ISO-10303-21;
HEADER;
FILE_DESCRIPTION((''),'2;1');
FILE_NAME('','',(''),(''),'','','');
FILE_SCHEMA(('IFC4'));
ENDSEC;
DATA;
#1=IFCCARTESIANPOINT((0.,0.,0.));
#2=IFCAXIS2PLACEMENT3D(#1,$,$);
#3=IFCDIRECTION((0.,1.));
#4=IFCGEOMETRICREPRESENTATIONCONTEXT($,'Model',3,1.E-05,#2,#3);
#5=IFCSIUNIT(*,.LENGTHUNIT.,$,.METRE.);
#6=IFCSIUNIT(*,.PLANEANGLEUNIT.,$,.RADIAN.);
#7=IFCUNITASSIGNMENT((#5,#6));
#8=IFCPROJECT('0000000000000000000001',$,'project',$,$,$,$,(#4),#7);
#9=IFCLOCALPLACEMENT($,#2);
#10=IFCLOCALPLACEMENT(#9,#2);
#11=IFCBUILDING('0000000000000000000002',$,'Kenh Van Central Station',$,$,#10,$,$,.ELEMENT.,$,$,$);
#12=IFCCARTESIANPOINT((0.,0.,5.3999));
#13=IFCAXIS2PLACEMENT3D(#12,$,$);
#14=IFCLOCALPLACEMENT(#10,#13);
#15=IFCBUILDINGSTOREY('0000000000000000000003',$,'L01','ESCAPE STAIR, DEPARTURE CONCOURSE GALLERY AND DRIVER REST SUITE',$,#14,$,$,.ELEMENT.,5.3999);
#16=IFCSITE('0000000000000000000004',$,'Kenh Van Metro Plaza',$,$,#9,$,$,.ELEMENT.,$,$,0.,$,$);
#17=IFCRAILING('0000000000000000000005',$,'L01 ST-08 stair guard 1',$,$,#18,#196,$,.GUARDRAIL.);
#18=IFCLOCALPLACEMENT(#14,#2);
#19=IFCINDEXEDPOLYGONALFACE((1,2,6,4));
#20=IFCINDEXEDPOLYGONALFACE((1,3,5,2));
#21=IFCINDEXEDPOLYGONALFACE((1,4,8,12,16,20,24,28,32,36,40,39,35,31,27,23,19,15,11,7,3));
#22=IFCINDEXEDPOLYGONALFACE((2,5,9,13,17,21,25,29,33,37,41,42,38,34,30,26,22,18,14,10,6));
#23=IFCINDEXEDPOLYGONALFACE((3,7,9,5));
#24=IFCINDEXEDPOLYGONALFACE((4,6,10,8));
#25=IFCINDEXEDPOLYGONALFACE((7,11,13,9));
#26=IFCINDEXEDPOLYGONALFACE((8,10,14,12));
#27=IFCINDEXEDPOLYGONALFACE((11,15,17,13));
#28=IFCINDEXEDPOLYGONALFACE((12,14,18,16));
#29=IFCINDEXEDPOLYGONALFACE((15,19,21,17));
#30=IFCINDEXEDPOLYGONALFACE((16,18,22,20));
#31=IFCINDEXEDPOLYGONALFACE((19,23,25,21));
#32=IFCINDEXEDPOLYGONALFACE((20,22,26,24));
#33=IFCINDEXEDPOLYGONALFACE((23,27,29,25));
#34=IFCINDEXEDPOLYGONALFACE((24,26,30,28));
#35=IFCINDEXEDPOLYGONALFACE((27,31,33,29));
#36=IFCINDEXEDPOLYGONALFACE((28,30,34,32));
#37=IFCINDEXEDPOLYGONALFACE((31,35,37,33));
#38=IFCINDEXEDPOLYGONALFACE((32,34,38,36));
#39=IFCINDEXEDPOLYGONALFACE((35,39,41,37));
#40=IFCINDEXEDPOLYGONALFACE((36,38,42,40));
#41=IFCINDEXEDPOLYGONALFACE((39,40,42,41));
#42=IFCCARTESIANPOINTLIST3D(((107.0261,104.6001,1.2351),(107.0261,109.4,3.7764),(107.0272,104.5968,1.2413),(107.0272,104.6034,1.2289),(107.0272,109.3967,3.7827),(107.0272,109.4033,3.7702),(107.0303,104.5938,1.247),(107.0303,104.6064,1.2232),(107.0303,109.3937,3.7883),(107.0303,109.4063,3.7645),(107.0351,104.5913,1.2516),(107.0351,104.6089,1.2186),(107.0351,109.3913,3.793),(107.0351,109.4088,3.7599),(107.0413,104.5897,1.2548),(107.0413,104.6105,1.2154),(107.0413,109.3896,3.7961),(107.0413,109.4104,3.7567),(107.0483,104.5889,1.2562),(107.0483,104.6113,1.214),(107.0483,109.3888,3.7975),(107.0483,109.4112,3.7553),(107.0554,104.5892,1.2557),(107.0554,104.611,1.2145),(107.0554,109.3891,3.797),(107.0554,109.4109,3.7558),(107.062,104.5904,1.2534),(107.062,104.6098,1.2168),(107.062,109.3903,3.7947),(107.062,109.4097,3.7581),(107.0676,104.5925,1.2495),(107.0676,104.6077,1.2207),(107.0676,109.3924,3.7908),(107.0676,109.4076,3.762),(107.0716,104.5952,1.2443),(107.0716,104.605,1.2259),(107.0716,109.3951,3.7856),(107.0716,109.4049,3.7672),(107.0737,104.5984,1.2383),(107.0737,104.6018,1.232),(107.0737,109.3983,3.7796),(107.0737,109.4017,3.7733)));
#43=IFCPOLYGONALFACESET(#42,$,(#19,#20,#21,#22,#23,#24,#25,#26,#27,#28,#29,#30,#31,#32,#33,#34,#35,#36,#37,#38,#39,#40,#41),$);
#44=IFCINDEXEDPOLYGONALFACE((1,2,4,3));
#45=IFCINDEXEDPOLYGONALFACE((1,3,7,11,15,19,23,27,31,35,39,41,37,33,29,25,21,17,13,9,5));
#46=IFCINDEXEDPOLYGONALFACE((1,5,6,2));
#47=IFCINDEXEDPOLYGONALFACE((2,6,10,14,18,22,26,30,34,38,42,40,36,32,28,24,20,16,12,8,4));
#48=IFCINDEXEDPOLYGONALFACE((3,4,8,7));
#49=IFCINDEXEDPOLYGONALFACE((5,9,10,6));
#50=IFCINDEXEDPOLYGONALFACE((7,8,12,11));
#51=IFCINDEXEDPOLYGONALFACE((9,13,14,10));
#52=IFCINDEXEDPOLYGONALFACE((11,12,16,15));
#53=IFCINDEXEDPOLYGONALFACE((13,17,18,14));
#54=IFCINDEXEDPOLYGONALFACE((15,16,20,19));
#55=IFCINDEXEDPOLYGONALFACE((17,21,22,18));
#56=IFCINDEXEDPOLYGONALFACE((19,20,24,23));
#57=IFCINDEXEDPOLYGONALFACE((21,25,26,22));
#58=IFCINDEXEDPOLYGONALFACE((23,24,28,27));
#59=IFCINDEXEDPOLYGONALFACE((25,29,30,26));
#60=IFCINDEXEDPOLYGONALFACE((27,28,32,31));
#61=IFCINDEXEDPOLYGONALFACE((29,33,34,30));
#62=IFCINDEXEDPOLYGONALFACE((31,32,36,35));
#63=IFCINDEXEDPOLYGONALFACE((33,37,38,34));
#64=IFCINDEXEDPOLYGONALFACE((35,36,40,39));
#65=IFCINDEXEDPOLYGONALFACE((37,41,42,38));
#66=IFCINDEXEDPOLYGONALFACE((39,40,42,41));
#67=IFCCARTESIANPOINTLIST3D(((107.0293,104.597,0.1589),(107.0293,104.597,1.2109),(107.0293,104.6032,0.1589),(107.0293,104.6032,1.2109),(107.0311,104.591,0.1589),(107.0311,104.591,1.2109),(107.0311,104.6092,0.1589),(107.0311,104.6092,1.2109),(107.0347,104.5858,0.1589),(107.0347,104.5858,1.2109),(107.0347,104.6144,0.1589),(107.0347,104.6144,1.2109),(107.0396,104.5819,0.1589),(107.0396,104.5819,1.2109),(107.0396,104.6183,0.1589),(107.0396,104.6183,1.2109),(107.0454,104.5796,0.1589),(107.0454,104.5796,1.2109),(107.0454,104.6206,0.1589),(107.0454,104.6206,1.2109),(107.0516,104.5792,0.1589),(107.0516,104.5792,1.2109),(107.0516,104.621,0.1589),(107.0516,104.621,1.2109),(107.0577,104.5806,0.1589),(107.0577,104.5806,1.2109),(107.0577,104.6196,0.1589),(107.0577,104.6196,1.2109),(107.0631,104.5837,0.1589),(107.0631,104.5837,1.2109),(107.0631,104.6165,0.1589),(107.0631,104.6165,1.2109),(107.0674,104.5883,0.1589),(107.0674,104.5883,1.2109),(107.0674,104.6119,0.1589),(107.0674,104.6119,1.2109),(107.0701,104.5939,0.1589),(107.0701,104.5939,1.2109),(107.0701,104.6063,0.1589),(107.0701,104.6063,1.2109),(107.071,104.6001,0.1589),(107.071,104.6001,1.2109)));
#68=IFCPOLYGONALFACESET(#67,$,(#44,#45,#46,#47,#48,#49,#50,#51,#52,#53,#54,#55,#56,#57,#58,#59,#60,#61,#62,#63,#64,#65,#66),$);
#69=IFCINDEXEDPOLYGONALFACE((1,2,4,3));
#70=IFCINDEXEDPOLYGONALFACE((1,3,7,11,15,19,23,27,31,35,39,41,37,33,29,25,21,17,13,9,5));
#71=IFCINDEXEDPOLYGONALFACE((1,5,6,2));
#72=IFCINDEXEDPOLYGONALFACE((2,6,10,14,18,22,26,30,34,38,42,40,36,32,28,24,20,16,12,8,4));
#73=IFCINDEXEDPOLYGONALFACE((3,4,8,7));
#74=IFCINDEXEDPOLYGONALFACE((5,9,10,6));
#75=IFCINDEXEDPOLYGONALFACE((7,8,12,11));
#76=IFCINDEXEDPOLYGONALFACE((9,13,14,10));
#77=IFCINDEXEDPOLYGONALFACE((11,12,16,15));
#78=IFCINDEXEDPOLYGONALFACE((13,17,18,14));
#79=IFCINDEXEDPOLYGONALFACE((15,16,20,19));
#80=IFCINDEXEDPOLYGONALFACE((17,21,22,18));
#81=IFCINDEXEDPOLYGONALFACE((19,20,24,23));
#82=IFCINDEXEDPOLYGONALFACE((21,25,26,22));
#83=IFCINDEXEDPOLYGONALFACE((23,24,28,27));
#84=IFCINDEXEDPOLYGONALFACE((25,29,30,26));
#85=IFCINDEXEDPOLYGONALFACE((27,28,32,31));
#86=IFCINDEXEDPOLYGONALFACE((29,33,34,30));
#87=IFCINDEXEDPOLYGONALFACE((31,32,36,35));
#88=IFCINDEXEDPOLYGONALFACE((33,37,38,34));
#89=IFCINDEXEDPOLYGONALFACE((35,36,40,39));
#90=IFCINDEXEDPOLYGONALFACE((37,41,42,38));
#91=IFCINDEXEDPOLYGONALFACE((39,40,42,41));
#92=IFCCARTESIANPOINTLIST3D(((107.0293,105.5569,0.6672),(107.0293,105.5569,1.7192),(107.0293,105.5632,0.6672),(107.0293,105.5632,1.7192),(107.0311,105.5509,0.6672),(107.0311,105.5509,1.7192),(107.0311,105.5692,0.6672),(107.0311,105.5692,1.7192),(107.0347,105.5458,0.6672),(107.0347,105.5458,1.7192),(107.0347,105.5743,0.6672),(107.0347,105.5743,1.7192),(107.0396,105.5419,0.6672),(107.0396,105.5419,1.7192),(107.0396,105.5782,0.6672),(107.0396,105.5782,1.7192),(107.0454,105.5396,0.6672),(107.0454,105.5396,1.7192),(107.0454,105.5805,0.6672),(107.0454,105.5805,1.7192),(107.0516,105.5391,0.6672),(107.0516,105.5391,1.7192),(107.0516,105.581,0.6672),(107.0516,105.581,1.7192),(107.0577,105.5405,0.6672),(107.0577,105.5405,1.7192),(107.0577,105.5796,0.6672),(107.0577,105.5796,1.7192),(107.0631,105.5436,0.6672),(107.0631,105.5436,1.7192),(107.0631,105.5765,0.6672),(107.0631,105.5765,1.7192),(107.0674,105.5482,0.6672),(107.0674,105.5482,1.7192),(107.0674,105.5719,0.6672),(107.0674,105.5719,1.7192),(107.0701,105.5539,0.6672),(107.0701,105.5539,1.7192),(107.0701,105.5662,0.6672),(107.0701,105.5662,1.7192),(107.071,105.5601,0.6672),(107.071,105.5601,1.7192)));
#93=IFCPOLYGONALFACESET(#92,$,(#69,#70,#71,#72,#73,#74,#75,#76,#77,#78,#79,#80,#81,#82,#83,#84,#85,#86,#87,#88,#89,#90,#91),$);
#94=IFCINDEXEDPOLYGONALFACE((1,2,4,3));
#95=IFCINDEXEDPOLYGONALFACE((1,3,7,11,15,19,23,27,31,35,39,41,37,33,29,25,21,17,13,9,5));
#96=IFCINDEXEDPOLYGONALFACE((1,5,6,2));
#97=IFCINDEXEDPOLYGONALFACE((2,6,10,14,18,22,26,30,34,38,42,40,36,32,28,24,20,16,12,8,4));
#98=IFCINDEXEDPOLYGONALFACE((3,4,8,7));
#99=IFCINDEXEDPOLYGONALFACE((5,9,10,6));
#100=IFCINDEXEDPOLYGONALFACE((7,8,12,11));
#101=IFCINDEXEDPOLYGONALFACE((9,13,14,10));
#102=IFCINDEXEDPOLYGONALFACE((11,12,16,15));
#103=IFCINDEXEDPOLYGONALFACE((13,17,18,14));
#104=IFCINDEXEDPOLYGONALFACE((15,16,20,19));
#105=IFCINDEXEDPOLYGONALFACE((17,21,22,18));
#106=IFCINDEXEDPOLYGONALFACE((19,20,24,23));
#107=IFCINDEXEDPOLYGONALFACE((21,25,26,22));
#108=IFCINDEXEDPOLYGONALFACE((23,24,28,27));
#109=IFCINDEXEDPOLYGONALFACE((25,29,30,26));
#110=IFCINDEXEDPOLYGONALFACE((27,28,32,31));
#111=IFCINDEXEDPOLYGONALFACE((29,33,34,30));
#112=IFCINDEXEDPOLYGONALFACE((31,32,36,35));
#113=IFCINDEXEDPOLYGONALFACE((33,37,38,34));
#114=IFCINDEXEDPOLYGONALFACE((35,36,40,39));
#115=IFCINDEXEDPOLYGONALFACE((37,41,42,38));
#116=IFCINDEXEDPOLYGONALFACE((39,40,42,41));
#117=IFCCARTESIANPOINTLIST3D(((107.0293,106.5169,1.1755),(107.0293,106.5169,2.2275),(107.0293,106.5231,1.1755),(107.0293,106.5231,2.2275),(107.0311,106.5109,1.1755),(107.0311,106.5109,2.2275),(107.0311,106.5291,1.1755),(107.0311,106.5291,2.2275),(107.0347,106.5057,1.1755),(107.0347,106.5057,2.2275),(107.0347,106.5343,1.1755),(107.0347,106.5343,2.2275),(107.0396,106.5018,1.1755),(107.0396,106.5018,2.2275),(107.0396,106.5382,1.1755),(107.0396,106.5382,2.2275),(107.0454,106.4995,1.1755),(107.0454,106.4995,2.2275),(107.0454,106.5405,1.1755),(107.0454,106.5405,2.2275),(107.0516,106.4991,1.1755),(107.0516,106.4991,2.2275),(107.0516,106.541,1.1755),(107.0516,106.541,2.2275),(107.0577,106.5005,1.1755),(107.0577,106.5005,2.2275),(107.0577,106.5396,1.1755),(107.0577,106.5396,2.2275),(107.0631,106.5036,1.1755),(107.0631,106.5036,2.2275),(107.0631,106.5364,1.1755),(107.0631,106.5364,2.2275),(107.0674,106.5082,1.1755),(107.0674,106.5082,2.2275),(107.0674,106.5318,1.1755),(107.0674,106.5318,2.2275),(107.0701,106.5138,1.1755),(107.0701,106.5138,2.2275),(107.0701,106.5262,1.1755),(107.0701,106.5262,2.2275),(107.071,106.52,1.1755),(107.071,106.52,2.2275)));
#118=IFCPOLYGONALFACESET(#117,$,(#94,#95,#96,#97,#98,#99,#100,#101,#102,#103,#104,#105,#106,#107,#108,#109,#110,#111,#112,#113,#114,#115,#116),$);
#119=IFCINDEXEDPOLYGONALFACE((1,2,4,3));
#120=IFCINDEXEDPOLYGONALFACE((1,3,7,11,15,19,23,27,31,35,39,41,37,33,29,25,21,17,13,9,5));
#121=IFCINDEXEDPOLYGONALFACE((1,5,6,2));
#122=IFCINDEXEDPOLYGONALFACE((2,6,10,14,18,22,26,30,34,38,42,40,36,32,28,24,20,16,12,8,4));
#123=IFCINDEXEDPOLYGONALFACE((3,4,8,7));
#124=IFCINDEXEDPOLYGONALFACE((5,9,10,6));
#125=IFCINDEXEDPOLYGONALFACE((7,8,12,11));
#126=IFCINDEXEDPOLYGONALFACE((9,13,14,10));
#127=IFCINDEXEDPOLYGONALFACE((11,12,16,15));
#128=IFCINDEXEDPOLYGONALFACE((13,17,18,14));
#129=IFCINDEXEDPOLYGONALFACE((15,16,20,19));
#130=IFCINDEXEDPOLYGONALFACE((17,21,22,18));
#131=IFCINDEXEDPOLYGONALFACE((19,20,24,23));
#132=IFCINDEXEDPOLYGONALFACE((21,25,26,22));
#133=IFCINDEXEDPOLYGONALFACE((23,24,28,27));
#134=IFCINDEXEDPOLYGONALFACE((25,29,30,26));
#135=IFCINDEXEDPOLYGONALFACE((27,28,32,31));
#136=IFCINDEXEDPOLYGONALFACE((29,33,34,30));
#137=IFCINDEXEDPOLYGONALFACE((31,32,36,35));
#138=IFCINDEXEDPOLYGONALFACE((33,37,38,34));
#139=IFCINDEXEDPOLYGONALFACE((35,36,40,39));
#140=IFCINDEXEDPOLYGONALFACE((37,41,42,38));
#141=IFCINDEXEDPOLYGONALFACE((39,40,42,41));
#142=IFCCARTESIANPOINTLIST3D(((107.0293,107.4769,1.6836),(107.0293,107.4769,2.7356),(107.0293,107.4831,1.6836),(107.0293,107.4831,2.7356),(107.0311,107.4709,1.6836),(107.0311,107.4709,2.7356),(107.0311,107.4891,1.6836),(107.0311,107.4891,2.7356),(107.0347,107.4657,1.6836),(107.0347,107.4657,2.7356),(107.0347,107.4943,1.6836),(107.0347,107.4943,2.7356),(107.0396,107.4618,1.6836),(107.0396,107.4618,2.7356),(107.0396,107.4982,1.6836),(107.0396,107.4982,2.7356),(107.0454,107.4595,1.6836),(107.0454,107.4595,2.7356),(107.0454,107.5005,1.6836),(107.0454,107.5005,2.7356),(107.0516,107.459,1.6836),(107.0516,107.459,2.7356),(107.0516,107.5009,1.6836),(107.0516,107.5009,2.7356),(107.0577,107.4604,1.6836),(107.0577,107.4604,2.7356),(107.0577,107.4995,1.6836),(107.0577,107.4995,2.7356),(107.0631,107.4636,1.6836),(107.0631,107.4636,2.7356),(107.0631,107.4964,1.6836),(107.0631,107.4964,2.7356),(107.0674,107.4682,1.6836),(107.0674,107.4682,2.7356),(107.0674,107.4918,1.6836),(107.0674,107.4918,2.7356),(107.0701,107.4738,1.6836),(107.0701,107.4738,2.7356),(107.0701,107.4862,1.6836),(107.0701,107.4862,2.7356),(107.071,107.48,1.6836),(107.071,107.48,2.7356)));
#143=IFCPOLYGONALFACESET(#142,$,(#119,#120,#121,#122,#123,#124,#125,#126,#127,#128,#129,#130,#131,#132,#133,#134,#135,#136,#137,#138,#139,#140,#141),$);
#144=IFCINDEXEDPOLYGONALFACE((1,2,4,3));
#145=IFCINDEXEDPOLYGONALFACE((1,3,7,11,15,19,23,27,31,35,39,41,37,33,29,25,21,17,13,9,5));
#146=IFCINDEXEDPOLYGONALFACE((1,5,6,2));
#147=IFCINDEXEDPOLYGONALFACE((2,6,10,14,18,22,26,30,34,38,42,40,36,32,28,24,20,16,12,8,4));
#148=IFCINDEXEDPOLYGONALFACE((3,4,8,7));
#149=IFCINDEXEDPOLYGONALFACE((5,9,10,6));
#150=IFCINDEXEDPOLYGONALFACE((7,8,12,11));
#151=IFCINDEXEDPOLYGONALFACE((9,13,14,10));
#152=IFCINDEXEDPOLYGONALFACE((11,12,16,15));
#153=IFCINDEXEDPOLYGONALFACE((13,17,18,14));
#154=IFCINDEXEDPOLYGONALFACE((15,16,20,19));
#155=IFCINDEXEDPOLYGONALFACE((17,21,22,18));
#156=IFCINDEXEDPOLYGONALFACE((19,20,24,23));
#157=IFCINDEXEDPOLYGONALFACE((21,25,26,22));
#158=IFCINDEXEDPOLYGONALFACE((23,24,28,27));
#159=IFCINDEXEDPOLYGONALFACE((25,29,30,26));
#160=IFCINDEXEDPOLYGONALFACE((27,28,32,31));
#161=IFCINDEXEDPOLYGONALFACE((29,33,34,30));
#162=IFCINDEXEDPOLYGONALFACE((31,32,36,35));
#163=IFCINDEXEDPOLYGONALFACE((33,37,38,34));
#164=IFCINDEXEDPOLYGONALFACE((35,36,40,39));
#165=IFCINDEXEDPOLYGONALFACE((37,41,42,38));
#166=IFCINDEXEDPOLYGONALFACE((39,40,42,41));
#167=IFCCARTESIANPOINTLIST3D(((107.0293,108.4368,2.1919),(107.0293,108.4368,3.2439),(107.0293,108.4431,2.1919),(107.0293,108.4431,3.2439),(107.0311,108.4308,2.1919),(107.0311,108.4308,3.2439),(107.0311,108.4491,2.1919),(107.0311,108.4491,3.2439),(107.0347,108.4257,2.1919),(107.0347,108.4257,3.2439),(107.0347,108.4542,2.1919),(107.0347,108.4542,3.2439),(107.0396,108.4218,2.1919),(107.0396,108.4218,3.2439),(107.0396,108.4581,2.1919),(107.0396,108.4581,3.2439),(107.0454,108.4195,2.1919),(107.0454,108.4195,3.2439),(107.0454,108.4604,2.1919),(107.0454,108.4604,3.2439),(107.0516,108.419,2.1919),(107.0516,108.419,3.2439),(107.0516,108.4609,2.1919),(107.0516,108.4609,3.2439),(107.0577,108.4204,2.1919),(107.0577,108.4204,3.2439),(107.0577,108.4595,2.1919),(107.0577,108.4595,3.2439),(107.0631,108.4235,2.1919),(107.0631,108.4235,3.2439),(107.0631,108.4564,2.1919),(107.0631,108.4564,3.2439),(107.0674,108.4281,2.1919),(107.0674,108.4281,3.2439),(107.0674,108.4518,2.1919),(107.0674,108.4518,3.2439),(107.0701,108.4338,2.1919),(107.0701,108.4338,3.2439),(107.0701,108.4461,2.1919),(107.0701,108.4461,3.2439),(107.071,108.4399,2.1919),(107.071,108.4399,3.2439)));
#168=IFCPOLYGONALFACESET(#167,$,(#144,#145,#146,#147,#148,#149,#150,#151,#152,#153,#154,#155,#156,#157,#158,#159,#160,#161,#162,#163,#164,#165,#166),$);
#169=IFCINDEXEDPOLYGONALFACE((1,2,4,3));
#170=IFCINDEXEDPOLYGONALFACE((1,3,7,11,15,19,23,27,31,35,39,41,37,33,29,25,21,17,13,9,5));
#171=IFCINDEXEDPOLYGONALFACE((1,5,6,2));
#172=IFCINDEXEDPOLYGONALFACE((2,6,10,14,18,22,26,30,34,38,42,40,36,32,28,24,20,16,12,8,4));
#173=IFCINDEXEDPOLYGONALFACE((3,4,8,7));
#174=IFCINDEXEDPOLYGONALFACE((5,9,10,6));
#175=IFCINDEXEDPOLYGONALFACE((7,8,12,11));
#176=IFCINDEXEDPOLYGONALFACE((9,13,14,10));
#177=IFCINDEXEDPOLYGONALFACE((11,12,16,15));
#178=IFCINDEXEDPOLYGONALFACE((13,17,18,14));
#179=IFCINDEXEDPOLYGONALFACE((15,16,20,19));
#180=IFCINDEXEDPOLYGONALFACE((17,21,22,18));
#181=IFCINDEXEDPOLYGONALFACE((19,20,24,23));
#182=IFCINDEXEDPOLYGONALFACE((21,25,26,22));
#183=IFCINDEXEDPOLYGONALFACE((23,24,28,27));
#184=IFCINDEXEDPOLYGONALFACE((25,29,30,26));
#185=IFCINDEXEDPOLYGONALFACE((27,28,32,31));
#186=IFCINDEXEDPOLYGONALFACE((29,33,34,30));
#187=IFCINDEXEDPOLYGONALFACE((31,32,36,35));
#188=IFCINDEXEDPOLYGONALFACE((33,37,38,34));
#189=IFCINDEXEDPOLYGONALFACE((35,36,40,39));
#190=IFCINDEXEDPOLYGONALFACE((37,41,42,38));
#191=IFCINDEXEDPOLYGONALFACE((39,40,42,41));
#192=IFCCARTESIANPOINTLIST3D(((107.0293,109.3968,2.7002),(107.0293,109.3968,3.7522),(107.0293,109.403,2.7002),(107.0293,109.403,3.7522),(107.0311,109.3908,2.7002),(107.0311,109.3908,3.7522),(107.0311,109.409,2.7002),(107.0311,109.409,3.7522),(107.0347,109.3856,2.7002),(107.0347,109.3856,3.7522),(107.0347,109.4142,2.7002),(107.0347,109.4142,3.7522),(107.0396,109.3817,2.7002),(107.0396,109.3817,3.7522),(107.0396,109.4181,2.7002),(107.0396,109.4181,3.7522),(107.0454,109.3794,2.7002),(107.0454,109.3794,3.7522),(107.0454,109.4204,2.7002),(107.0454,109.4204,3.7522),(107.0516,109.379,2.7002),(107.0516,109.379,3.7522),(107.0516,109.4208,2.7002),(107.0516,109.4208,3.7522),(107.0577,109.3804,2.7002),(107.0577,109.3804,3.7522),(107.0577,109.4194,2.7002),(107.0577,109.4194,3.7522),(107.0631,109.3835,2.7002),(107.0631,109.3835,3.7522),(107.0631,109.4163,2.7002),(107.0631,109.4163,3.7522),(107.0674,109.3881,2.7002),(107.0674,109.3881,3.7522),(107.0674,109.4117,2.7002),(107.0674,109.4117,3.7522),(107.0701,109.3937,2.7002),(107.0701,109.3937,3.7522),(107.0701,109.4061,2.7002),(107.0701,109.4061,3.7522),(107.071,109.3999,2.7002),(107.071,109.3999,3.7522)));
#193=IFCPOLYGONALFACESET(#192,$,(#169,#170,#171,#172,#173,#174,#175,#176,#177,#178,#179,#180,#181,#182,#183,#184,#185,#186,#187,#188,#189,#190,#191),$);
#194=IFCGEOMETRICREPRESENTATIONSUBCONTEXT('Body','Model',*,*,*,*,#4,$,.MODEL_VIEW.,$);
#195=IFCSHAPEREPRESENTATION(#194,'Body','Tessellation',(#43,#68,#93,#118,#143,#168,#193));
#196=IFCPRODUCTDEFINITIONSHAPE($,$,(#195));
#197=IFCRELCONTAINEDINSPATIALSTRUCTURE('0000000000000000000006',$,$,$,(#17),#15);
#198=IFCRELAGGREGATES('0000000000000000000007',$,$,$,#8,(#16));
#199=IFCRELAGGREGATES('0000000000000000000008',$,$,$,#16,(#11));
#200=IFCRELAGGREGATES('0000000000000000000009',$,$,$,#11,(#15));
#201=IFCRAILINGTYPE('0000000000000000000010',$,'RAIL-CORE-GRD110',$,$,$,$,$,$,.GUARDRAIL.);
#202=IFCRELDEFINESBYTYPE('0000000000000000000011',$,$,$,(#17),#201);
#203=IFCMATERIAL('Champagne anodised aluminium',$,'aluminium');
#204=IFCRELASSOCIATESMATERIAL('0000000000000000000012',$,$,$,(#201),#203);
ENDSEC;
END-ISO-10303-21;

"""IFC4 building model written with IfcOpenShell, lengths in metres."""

from ifc_helpers import new_model, si_unit, direction, frame, origin, origin_2d, place, context, subcontext, project, spatial, circle, extrude, material, type_object, element, save


model = new_model("IFC4")

# Units and contexts
model_context = context("Model", 3, precision=1e-05, world=origin(), true_north=direction((0.0, 1.0)))
body_context = subcontext(model_context, "Body", "Model", "MODEL_VIEW")
ifc_project = project(units=[si_unit("LENGTHUNIT", "METRE"), si_unit("PLANEANGLEUNIT", "RADIAN")], contexts=[model_context])

# Site, building, storey
site_placement = place(None, origin())
site = spatial("IfcSite", under=ifc_project, at=site_placement, Name="Kenh Van Metro Plaza", CompositionType="ELEMENT", RefElevation=0.0)
building_placement = place(site_placement, origin())
building = spatial("IfcBuilding", under=site, at=building_placement, Name="Kenh Van Central Station", CompositionType="ELEMENT")
storey_placement = place(building_placement, frame((0.0, 0.0, 5.3999)))
storey = spatial("IfcBuildingStorey", under=building, at=storey_placement, Name="L01", Description="ESCAPE STAIR, DEPARTURE CONCOURSE GALLERY AND DRIVER REST SUITE", CompositionType="ELEMENT", Elevation=5.3999)

# Railing
ifc_material_1 = material(Name="Champagne anodised aluminium", Category="aluminium")
railing_type_1 = type_object("IfcRailingType", Name="RAIL-CORE-GRD110", PredefinedType="GUARDRAIL", material=ifc_material_1)
railing_1_placement = place(storey_placement, frame((107.05, 104.6001, 0.1589)))
element("IfcRailing", 1, at=railing_1_placement, inside=storey, type_object=railing_type_1, Name="L01 ST-08 stair guard 1", PredefinedType="GUARDRAIL", context=body_context, shape_type="SweptSolid", body=[
    extrude(circle(Radius=0.0239, at=origin_2d()), frame((0.0, 0.0, 1.0762), z_axis=(0.0, 0.883774, 0.467915), x_axis=(-1.0, 0.0, 0.0)), (0.0, 0.0, 1.0), 5.4312),
    extrude(circle(Radius=0.021, at=origin_2d()), origin(), (0.0, 0.0, 1.0), 1.052),
    extrude(circle(Radius=0.021, at=origin_2d()), frame((0.0, 0.96, 0.5083)), (0.0, 0.0, 1.0), 1.052),
    extrude(circle(Radius=0.021, at=origin_2d()), frame((0.0, 1.9199, 1.0166)), (0.0, 0.0, 1.0), 1.052),
    extrude(circle(Radius=0.021, at=origin_2d()), frame((0.0, 2.8799, 1.5247)), (0.0, 0.0, 1.0), 1.052),
    extrude(circle(Radius=0.021, at=origin_2d()), frame((0.0, 3.8398, 2.033)), (0.0, 0.0, 1.0), 1.052),
    extrude(circle(Radius=0.021, at=origin_2d()), frame((0.0, 4.7998, 2.5413)), (0.0, 0.0, 1.0), 1.052),
])

save(model, "model.ifc")
